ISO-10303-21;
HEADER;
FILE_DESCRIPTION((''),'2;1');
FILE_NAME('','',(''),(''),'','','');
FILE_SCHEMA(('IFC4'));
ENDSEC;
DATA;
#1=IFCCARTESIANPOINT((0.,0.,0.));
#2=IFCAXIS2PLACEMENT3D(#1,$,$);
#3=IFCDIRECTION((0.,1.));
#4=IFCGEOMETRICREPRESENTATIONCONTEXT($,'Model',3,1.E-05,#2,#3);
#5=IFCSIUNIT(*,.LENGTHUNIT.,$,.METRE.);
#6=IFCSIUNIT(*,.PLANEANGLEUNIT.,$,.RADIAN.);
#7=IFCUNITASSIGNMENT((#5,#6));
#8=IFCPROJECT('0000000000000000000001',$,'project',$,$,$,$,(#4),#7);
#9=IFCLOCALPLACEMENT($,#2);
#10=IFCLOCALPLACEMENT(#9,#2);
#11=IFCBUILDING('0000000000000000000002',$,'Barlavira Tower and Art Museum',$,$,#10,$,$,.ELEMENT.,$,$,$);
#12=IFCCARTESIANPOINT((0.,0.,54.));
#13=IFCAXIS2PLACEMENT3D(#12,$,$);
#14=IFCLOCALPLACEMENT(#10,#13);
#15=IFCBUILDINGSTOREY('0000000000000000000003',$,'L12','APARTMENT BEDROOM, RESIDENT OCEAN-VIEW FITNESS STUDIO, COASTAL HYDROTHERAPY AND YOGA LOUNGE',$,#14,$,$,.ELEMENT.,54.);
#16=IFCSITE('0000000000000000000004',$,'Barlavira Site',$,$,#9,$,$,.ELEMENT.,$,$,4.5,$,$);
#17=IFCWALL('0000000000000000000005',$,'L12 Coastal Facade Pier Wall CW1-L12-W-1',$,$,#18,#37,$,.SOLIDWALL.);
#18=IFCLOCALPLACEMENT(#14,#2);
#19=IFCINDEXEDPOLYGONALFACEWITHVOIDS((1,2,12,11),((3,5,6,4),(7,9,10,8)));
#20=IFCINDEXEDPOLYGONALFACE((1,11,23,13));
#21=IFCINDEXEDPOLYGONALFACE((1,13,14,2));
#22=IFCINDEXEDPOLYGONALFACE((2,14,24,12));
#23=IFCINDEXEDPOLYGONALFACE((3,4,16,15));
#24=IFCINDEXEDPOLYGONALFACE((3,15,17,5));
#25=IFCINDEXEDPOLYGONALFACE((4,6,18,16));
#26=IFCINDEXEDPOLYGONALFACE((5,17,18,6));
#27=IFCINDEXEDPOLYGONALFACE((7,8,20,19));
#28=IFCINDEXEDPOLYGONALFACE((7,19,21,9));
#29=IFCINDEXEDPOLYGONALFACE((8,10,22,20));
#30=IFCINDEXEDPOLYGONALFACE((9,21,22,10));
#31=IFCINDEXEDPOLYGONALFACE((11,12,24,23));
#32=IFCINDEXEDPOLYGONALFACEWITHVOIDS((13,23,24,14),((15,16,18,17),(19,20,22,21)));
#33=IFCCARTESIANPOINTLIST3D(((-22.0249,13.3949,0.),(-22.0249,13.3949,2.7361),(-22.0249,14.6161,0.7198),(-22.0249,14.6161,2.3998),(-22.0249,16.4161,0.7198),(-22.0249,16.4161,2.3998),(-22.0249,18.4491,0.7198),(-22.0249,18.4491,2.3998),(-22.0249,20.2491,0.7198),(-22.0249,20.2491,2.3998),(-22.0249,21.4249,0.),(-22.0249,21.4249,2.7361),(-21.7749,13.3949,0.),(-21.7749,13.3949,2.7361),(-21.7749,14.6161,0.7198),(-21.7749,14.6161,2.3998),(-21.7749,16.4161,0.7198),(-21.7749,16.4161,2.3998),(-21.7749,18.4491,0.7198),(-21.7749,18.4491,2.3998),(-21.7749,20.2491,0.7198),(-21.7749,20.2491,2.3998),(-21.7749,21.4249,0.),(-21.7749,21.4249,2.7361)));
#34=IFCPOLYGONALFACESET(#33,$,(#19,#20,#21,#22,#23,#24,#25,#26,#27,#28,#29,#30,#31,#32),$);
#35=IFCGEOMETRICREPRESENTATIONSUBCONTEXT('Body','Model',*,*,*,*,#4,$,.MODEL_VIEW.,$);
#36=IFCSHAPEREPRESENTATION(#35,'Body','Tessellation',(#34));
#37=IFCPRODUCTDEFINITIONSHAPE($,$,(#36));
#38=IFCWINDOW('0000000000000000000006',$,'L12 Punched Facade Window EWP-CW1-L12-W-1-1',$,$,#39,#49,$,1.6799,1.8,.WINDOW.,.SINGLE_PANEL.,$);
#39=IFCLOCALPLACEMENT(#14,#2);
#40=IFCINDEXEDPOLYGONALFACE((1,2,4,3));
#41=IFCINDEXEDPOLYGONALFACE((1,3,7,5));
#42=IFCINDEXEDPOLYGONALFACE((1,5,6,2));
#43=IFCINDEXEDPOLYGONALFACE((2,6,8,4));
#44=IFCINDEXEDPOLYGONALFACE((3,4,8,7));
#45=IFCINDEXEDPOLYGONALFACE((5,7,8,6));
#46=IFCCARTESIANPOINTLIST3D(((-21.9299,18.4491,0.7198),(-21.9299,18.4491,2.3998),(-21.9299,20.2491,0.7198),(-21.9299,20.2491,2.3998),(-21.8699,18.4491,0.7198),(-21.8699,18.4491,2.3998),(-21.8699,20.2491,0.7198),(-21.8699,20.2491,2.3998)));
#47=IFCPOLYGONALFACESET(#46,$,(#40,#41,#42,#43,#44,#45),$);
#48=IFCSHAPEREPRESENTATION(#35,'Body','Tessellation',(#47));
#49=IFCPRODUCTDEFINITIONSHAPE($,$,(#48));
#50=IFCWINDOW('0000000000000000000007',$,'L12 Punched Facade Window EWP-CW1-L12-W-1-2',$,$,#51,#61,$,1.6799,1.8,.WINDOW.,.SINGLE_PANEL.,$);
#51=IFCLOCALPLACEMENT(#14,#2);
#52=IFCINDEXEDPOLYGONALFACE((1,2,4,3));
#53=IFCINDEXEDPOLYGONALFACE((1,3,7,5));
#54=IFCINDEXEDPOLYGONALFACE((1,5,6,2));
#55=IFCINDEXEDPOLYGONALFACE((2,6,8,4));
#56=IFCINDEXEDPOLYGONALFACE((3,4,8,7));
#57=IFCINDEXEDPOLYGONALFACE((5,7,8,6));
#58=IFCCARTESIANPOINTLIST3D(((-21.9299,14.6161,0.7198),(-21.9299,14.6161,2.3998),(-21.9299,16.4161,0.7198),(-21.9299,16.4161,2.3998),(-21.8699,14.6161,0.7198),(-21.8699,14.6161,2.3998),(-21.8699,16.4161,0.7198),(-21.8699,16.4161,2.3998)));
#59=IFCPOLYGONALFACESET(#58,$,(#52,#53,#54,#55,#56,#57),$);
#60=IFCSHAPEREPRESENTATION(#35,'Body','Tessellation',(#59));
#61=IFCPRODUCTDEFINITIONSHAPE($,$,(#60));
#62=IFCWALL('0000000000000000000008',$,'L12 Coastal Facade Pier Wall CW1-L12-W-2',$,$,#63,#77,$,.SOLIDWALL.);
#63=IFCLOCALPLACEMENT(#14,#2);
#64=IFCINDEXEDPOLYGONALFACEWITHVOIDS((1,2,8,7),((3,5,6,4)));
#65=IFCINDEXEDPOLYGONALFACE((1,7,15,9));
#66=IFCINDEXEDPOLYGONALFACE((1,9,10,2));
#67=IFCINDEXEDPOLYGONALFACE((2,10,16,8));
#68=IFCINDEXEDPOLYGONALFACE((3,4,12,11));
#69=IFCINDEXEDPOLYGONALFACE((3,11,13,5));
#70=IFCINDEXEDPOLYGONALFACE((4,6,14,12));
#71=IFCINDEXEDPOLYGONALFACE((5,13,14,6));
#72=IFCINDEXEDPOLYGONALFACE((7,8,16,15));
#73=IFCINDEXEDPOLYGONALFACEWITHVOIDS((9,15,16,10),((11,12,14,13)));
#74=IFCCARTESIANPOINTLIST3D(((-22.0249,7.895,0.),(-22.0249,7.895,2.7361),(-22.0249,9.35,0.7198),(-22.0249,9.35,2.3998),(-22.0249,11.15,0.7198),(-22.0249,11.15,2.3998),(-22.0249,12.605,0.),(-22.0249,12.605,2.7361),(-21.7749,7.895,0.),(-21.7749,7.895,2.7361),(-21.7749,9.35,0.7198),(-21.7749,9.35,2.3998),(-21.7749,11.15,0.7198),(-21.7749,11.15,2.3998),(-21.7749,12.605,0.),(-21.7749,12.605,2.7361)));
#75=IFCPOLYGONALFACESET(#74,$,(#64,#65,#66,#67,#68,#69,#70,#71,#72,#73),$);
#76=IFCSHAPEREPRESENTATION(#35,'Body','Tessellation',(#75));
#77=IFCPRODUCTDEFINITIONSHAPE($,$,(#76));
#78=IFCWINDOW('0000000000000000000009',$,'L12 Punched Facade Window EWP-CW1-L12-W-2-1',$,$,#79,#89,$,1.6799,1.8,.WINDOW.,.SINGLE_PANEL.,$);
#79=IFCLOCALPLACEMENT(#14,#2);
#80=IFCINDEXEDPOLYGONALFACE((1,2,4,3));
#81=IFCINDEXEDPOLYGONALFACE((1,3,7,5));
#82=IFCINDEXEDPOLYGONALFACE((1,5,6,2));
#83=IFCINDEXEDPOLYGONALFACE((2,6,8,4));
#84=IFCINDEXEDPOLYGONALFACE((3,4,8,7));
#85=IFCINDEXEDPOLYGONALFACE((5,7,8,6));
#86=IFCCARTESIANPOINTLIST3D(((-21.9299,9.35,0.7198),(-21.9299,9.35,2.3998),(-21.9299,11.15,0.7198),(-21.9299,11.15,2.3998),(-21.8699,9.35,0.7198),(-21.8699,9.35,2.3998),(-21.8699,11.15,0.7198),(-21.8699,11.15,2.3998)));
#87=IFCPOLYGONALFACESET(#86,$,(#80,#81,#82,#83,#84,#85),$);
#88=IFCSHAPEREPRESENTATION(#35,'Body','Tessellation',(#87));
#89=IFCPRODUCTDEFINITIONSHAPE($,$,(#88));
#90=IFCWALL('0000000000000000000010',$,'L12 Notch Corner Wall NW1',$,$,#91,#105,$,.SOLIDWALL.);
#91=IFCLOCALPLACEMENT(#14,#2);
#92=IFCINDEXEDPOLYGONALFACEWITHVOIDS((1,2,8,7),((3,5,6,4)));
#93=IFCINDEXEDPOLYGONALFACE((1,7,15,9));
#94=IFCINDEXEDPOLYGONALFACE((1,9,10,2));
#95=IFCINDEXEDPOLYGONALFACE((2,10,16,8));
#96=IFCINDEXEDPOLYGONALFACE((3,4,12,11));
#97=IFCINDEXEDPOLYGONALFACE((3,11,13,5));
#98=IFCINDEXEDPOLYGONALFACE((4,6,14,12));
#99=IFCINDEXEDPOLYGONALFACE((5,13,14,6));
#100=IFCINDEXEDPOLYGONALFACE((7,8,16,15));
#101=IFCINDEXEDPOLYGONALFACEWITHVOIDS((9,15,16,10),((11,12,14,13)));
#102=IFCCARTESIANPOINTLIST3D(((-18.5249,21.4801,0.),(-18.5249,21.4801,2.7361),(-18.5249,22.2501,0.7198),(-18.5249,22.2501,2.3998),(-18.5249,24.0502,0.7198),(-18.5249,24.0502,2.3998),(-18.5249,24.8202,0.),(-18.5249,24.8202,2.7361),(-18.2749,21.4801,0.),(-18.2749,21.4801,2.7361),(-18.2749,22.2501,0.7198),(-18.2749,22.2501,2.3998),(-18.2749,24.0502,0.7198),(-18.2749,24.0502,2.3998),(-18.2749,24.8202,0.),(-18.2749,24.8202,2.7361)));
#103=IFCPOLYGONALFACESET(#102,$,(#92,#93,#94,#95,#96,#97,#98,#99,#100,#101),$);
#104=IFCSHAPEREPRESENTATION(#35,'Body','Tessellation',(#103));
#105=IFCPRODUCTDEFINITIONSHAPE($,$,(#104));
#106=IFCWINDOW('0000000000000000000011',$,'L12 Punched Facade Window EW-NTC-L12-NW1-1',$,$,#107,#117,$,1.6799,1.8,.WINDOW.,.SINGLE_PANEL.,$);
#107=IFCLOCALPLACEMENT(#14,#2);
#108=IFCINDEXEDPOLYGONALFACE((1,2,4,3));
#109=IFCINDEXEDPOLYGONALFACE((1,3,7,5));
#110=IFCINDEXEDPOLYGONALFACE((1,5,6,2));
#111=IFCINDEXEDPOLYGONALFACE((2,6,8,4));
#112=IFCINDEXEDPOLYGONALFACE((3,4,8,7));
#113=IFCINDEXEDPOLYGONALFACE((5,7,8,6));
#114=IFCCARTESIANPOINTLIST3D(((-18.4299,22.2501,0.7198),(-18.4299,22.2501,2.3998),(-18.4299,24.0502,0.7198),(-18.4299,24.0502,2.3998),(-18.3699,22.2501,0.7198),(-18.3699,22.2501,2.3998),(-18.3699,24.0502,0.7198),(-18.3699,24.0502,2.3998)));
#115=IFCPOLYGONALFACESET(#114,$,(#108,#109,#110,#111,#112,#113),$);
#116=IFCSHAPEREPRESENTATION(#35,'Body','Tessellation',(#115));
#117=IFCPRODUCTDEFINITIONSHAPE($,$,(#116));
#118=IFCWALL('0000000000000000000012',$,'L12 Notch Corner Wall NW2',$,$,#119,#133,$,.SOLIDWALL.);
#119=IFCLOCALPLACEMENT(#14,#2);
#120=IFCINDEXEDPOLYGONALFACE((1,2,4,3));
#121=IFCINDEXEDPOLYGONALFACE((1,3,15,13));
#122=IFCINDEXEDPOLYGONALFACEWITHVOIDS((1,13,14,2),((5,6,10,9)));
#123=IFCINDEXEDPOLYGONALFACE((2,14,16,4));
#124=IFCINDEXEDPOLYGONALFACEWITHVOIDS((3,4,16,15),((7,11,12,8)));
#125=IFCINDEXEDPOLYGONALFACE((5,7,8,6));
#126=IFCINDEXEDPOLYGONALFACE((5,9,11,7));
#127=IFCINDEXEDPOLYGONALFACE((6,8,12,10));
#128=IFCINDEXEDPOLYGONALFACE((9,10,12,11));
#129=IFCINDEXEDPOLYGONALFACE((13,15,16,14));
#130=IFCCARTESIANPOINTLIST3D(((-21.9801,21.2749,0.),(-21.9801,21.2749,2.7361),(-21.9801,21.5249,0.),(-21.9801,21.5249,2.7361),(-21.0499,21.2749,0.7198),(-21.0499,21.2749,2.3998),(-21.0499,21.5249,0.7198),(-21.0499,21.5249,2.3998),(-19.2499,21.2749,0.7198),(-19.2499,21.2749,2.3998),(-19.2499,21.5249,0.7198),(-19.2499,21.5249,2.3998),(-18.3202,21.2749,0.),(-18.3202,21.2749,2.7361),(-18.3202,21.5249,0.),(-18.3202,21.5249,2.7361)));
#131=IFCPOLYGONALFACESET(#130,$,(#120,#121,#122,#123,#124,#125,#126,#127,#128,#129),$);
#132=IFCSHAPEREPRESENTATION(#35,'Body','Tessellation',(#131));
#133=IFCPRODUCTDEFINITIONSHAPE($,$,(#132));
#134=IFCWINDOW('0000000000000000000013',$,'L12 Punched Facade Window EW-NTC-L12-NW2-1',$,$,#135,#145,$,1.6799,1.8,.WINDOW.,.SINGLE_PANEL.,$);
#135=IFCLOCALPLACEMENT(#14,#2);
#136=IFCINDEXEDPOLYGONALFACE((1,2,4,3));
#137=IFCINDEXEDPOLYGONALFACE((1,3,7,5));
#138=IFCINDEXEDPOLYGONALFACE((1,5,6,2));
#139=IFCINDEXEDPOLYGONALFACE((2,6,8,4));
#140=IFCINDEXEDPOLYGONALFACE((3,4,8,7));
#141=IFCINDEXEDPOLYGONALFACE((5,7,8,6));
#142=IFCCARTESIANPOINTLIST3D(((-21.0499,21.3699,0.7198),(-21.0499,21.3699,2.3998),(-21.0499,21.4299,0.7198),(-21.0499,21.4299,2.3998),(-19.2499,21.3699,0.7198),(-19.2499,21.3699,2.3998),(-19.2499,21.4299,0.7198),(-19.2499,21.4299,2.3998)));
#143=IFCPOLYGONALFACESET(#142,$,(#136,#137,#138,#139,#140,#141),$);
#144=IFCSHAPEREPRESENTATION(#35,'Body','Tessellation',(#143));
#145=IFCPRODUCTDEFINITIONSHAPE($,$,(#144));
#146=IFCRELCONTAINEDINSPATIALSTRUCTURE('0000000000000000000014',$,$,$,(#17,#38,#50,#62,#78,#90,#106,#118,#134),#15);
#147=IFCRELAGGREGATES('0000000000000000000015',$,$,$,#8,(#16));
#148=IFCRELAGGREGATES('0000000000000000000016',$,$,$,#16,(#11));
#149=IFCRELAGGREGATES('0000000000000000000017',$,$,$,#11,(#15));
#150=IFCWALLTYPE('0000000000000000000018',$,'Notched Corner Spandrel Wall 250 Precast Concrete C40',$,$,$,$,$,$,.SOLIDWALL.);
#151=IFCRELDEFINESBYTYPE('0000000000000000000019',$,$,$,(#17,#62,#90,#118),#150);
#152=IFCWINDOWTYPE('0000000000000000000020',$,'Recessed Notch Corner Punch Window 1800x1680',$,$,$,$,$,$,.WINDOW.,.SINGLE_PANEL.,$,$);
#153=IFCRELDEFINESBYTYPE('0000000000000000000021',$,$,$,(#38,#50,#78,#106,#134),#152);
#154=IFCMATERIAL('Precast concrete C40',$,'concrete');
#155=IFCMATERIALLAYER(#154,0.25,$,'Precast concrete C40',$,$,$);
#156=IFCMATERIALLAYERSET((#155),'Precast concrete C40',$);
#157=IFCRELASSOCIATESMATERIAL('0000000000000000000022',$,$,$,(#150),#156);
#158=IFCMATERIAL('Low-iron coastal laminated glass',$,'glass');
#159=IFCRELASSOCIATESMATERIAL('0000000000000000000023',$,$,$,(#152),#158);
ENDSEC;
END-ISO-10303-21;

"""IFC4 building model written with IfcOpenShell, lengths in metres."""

from ifc_helpers import new_model, si_unit, direction, frame, frame_2d, origin, place, context, subcontext, project, spatial, rectangle, extrude, material, layer, layer_set, type_object, element, fill, save


model = new_model("IFC4")

# Units and contexts
model_context = context("Model", 3, precision=1e-05, world=origin(), true_north=direction((0.0, 1.0)))
body_context = subcontext(model_context, "Body", "Model", "MODEL_VIEW")
ifc_project = project(units=[si_unit("LENGTHUNIT", "METRE"), si_unit("PLANEANGLEUNIT", "RADIAN")], contexts=[model_context])

# Site, building, storey
site_placement = place(None, origin())
site = spatial("IfcSite", under=ifc_project, at=site_placement, Name="Barlavira Site", CompositionType="ELEMENT", RefElevation=4.5)
building_placement = place(site_placement, origin())
building = spatial("IfcBuilding", under=site, at=building_placement, Name="Barlavira Tower and Art Museum", CompositionType="ELEMENT")
storey_placement = place(building_placement, frame((0.0, 0.0, 54.0)))
storey = spatial("IfcBuildingStorey", under=building, at=storey_placement, Name="L12", Description="APARTMENT BEDROOM, RESIDENT OCEAN-VIEW FITNESS STUDIO, COASTAL HYDROTHERAPY AND YOGA LOUNGE", CompositionType="ELEMENT", Elevation=54.0)

# Wall, openings, windows
ifc_material_1 = material(Name="Precast concrete C40", Category="concrete")
ifc_layer_1 = layer(ifc_material_1, 0.25, Name="Precast concrete C40")
ifc_layer_set_1 = layer_set([ifc_layer_1], Name="Precast concrete C40")
wall_type_1 = type_object("IfcWallType", Name="Notched Corner Spandrel Wall 250 Precast Concrete C40", PredefinedType="SOLIDWALL", material=ifc_layer_set_1)
ifc_material_2 = material(Name="Low-iron coastal laminated glass", Category="glass")
window_type = type_object("IfcWindowType", Name="Recessed Notch Corner Punch Window 1800x1680", PartitioningType="SINGLE_PANEL", PredefinedType="WINDOW", material=ifc_material_2)
wall_1_placement = place(storey_placement, frame((-21.8999, 21.425, 0.0), z_axis=(0.0, 0.0, 1.0), x_axis=(0.0, -1.0, 0.0)))
wall_1 = element("IfcWall", 1, at=wall_1_placement, inside=storey, type_object=wall_type_1, Name="L12 Coastal Facade Pier Wall CW1-L12-W-1", PredefinedType="SOLIDWALL", context=body_context, shape_type="SweptSolid", body=[
    extrude(rectangle(XDim=8.03, YDim=0.25, at=frame_2d((4.0151, 0.0))), origin(), (0.0, 0.0, 1.0), 2.7361),
])
opening_1_placement = place(wall_1_placement, frame((1.176, 0.0, 0.72)))
opening_1 = element("IfcOpeningElement", 2, at=opening_1_placement, cuts=wall_1, PredefinedType="OPENING", context=body_context, shape_type="SweptSolid", body=[
    extrude(rectangle(XDim=1.8, YDim=1.6799, at=frame_2d((0.8999, 0.8398))), frame((0.0, 0.135, 0.0), z_axis=(0.0, -1.0, 0.0), x_axis=(1.0, 0.0, 0.0)), (0.0, 0.0, 1.0), 0.27),
])
opening_2_placement = place(wall_1_placement, frame((5.009, 0.0, 0.72)))
opening_2 = element("IfcOpeningElement", 3, at=opening_2_placement, cuts=wall_1, PredefinedType="OPENING", context=body_context, shape_type="SweptSolid", body=[
    extrude(rectangle(XDim=1.8, YDim=1.6799, at=frame_2d((0.8999, 0.8398))), frame((0.0, 0.135, 0.0), z_axis=(0.0, -1.0, 0.0), x_axis=(1.0, 0.0, 0.0)), (0.0, 0.0, 1.0), 0.27),
])
window_1_placement = place(opening_1_placement, origin())
window_1 = element("IfcWindow", 4, at=window_1_placement, inside=storey, type_object=window_type, Name="L12 Punched Facade Window EWP-CW1-L12-W-1-1", OverallHeight=1.6799, OverallWidth=1.8, PartitioningType="SINGLE_PANEL", PredefinedType="WINDOW", context=body_context, shape_type="SweptSolid", body=[
    extrude(rectangle(XDim=1.8, YDim=1.6799, at=frame_2d((0.8999, 0.8398))), frame((0.0, 0.03, 0.0), z_axis=(0.0, -1.0, 0.0), x_axis=(1.0, 0.0, 0.0)), (0.0, 0.0, 1.0), 0.0601),
])
fill(opening_1, window_1)
window_2_placement = place(opening_2_placement, origin())
window_2 = element("IfcWindow", 5, at=window_2_placement, inside=storey, type_object=window_type, Name="L12 Punched Facade Window EWP-CW1-L12-W-1-2", OverallHeight=1.6799, OverallWidth=1.8, PartitioningType="SINGLE_PANEL", PredefinedType="WINDOW", context=body_context, shape_type="SweptSolid", body=[
    extrude(rectangle(XDim=1.8, YDim=1.6799, at=frame_2d((0.8999, 0.8398))), frame((0.0, 0.03, 0.0), z_axis=(0.0, -1.0, 0.0), x_axis=(1.0, 0.0, 0.0)), (0.0, 0.0, 1.0), 0.0601),
])
fill(opening_2, window_2)

# Walls, openings, windows
wall_2_placement = place(storey_placement, frame((-21.8999, 12.605, 0.0), z_axis=(0.0, 0.0, 1.0), x_axis=(0.0, -1.0, 0.0)))
wall_2 = element("IfcWall", 6, at=wall_2_placement, inside=storey, type_object=wall_type_1, Name="L12 Coastal Facade Pier Wall CW1-L12-W-2", PredefinedType="SOLIDWALL", context=body_context, shape_type="SweptSolid", body=[
    extrude(rectangle(XDim=4.71, YDim=0.25, at=frame_2d((2.355, 0.0))), origin(), (0.0, 0.0, 1.0), 2.7361),
])
opening_3_placement = place(wall_2_placement, frame((1.4551, 0.0, 0.72)))
opening_3 = element("IfcOpeningElement", 7, at=opening_3_placement, cuts=wall_2, PredefinedType="OPENING", context=body_context, shape_type="SweptSolid", body=[
    extrude(rectangle(XDim=1.8, YDim=1.6799, at=frame_2d((0.8999, 0.8398))), frame((0.0, 0.135, 0.0), z_axis=(0.0, -1.0, 0.0), x_axis=(1.0, 0.0, 0.0)), (0.0, 0.0, 1.0), 0.27),
])
window_3_placement = place(opening_3_placement, origin())
window_3 = element("IfcWindow", 8, at=window_3_placement, inside=storey, type_object=window_type, Name="L12 Punched Facade Window EWP-CW1-L12-W-2-1", OverallHeight=1.6799, OverallWidth=1.8, PartitioningType="SINGLE_PANEL", PredefinedType="WINDOW", context=body_context, shape_type="SweptSolid", body=[
    extrude(rectangle(XDim=1.8, YDim=1.6799, at=frame_2d((0.8999, 0.8398))), frame((0.0, 0.03, 0.0), z_axis=(0.0, -1.0, 0.0), x_axis=(1.0, 0.0, 0.0)), (0.0, 0.0, 1.0), 0.0601),
])
fill(opening_3, window_3)
wall_3_placement = place(storey_placement, frame((-18.3999, 24.8201, 0.0), z_axis=(0.0, 0.0, 1.0), x_axis=(0.0, -1.0, 0.0)))
wall_3 = element("IfcWall", 9, at=wall_3_placement, inside=storey, type_object=wall_type_1, Name="L12 Notch Corner Wall NW1", PredefinedType="SOLIDWALL", context=body_context, shape_type="SweptSolid", body=[
    extrude(rectangle(XDim=3.3401, YDim=0.25, at=frame_2d((1.6699, 0.0))), origin(), (0.0, 0.0, 1.0), 2.7361),
])
opening_4_placement = place(wall_3_placement, frame((0.77, 0.0, 0.72)))
opening_4 = element("IfcOpeningElement", 10, at=opening_4_placement, cuts=wall_3, PredefinedType="OPENING", context=body_context, shape_type="SweptSolid", body=[
    extrude(rectangle(XDim=1.8, YDim=1.6799, at=frame_2d((0.8999, 0.8398))), frame((0.0, 0.135, 0.0), z_axis=(0.0, -1.0, 0.0), x_axis=(1.0, 0.0, 0.0)), (0.0, 0.0, 1.0), 0.27),
])
window_4_placement = place(opening_4_placement, origin())
window_4 = element("IfcWindow", 11, at=window_4_placement, inside=storey, type_object=window_type, Name="L12 Punched Facade Window EW-NTC-L12-NW1-1", OverallHeight=1.6799, OverallWidth=1.8, PartitioningType="SINGLE_PANEL", PredefinedType="WINDOW", context=body_context, shape_type="SweptSolid", body=[
    extrude(rectangle(XDim=1.8, YDim=1.6799, at=frame_2d((0.8999, 0.8398))), frame((0.0, 0.03, 0.0), z_axis=(0.0, -1.0, 0.0), x_axis=(1.0, 0.0, 0.0)), (0.0, 0.0, 1.0), 0.0601),
])
fill(opening_4, window_4)
wall_4_placement = place(storey_placement, frame((-18.3201, 21.3999, 0.0), z_axis=(0.0, 0.0, 1.0), x_axis=(-1.0, 0.0, 0.0)))
wall_4 = element("IfcWall", 12, at=wall_4_placement, inside=storey, type_object=wall_type_1, Name="L12 Notch Corner Wall NW2", PredefinedType="SOLIDWALL", context=body_context, shape_type="SweptSolid", body=[
    extrude(rectangle(XDim=3.6599, YDim=0.25, at=frame_2d((1.8301, 0.0))), origin(), (0.0, 0.0, 1.0), 2.7361),
])
opening_5_placement = place(wall_4_placement, frame((0.9299, 0.0, 0.72)))
opening_5 = element("IfcOpeningElement", 13, at=opening_5_placement, cuts=wall_4, PredefinedType="OPENING", context=body_context, shape_type="SweptSolid", body=[
    extrude(rectangle(XDim=1.8, YDim=1.6799, at=frame_2d((0.8999, 0.8398))), frame((0.0, 0.135, 0.0), z_axis=(0.0, -1.0, 0.0), x_axis=(1.0, 0.0, 0.0)), (0.0, 0.0, 1.0), 0.27),
])
window_5_placement = place(opening_5_placement, origin())
window_5 = element("IfcWindow", 14, at=window_5_placement, inside=storey, type_object=window_type, Name="L12 Punched Facade Window EW-NTC-L12-NW2-1", OverallHeight=1.6799, OverallWidth=1.8, PartitioningType="SINGLE_PANEL", PredefinedType="WINDOW", context=body_context, shape_type="SweptSolid", body=[
    extrude(rectangle(XDim=1.8, YDim=1.6799, at=frame_2d((0.8999, 0.8398))), frame((0.0, 0.03, 0.0), z_axis=(0.0, -1.0, 0.0), x_axis=(1.0, 0.0, 0.0)), (0.0, 0.0, 1.0), 0.0601),
])
fill(opening_5, window_5)

save(model, "model.ifc")
